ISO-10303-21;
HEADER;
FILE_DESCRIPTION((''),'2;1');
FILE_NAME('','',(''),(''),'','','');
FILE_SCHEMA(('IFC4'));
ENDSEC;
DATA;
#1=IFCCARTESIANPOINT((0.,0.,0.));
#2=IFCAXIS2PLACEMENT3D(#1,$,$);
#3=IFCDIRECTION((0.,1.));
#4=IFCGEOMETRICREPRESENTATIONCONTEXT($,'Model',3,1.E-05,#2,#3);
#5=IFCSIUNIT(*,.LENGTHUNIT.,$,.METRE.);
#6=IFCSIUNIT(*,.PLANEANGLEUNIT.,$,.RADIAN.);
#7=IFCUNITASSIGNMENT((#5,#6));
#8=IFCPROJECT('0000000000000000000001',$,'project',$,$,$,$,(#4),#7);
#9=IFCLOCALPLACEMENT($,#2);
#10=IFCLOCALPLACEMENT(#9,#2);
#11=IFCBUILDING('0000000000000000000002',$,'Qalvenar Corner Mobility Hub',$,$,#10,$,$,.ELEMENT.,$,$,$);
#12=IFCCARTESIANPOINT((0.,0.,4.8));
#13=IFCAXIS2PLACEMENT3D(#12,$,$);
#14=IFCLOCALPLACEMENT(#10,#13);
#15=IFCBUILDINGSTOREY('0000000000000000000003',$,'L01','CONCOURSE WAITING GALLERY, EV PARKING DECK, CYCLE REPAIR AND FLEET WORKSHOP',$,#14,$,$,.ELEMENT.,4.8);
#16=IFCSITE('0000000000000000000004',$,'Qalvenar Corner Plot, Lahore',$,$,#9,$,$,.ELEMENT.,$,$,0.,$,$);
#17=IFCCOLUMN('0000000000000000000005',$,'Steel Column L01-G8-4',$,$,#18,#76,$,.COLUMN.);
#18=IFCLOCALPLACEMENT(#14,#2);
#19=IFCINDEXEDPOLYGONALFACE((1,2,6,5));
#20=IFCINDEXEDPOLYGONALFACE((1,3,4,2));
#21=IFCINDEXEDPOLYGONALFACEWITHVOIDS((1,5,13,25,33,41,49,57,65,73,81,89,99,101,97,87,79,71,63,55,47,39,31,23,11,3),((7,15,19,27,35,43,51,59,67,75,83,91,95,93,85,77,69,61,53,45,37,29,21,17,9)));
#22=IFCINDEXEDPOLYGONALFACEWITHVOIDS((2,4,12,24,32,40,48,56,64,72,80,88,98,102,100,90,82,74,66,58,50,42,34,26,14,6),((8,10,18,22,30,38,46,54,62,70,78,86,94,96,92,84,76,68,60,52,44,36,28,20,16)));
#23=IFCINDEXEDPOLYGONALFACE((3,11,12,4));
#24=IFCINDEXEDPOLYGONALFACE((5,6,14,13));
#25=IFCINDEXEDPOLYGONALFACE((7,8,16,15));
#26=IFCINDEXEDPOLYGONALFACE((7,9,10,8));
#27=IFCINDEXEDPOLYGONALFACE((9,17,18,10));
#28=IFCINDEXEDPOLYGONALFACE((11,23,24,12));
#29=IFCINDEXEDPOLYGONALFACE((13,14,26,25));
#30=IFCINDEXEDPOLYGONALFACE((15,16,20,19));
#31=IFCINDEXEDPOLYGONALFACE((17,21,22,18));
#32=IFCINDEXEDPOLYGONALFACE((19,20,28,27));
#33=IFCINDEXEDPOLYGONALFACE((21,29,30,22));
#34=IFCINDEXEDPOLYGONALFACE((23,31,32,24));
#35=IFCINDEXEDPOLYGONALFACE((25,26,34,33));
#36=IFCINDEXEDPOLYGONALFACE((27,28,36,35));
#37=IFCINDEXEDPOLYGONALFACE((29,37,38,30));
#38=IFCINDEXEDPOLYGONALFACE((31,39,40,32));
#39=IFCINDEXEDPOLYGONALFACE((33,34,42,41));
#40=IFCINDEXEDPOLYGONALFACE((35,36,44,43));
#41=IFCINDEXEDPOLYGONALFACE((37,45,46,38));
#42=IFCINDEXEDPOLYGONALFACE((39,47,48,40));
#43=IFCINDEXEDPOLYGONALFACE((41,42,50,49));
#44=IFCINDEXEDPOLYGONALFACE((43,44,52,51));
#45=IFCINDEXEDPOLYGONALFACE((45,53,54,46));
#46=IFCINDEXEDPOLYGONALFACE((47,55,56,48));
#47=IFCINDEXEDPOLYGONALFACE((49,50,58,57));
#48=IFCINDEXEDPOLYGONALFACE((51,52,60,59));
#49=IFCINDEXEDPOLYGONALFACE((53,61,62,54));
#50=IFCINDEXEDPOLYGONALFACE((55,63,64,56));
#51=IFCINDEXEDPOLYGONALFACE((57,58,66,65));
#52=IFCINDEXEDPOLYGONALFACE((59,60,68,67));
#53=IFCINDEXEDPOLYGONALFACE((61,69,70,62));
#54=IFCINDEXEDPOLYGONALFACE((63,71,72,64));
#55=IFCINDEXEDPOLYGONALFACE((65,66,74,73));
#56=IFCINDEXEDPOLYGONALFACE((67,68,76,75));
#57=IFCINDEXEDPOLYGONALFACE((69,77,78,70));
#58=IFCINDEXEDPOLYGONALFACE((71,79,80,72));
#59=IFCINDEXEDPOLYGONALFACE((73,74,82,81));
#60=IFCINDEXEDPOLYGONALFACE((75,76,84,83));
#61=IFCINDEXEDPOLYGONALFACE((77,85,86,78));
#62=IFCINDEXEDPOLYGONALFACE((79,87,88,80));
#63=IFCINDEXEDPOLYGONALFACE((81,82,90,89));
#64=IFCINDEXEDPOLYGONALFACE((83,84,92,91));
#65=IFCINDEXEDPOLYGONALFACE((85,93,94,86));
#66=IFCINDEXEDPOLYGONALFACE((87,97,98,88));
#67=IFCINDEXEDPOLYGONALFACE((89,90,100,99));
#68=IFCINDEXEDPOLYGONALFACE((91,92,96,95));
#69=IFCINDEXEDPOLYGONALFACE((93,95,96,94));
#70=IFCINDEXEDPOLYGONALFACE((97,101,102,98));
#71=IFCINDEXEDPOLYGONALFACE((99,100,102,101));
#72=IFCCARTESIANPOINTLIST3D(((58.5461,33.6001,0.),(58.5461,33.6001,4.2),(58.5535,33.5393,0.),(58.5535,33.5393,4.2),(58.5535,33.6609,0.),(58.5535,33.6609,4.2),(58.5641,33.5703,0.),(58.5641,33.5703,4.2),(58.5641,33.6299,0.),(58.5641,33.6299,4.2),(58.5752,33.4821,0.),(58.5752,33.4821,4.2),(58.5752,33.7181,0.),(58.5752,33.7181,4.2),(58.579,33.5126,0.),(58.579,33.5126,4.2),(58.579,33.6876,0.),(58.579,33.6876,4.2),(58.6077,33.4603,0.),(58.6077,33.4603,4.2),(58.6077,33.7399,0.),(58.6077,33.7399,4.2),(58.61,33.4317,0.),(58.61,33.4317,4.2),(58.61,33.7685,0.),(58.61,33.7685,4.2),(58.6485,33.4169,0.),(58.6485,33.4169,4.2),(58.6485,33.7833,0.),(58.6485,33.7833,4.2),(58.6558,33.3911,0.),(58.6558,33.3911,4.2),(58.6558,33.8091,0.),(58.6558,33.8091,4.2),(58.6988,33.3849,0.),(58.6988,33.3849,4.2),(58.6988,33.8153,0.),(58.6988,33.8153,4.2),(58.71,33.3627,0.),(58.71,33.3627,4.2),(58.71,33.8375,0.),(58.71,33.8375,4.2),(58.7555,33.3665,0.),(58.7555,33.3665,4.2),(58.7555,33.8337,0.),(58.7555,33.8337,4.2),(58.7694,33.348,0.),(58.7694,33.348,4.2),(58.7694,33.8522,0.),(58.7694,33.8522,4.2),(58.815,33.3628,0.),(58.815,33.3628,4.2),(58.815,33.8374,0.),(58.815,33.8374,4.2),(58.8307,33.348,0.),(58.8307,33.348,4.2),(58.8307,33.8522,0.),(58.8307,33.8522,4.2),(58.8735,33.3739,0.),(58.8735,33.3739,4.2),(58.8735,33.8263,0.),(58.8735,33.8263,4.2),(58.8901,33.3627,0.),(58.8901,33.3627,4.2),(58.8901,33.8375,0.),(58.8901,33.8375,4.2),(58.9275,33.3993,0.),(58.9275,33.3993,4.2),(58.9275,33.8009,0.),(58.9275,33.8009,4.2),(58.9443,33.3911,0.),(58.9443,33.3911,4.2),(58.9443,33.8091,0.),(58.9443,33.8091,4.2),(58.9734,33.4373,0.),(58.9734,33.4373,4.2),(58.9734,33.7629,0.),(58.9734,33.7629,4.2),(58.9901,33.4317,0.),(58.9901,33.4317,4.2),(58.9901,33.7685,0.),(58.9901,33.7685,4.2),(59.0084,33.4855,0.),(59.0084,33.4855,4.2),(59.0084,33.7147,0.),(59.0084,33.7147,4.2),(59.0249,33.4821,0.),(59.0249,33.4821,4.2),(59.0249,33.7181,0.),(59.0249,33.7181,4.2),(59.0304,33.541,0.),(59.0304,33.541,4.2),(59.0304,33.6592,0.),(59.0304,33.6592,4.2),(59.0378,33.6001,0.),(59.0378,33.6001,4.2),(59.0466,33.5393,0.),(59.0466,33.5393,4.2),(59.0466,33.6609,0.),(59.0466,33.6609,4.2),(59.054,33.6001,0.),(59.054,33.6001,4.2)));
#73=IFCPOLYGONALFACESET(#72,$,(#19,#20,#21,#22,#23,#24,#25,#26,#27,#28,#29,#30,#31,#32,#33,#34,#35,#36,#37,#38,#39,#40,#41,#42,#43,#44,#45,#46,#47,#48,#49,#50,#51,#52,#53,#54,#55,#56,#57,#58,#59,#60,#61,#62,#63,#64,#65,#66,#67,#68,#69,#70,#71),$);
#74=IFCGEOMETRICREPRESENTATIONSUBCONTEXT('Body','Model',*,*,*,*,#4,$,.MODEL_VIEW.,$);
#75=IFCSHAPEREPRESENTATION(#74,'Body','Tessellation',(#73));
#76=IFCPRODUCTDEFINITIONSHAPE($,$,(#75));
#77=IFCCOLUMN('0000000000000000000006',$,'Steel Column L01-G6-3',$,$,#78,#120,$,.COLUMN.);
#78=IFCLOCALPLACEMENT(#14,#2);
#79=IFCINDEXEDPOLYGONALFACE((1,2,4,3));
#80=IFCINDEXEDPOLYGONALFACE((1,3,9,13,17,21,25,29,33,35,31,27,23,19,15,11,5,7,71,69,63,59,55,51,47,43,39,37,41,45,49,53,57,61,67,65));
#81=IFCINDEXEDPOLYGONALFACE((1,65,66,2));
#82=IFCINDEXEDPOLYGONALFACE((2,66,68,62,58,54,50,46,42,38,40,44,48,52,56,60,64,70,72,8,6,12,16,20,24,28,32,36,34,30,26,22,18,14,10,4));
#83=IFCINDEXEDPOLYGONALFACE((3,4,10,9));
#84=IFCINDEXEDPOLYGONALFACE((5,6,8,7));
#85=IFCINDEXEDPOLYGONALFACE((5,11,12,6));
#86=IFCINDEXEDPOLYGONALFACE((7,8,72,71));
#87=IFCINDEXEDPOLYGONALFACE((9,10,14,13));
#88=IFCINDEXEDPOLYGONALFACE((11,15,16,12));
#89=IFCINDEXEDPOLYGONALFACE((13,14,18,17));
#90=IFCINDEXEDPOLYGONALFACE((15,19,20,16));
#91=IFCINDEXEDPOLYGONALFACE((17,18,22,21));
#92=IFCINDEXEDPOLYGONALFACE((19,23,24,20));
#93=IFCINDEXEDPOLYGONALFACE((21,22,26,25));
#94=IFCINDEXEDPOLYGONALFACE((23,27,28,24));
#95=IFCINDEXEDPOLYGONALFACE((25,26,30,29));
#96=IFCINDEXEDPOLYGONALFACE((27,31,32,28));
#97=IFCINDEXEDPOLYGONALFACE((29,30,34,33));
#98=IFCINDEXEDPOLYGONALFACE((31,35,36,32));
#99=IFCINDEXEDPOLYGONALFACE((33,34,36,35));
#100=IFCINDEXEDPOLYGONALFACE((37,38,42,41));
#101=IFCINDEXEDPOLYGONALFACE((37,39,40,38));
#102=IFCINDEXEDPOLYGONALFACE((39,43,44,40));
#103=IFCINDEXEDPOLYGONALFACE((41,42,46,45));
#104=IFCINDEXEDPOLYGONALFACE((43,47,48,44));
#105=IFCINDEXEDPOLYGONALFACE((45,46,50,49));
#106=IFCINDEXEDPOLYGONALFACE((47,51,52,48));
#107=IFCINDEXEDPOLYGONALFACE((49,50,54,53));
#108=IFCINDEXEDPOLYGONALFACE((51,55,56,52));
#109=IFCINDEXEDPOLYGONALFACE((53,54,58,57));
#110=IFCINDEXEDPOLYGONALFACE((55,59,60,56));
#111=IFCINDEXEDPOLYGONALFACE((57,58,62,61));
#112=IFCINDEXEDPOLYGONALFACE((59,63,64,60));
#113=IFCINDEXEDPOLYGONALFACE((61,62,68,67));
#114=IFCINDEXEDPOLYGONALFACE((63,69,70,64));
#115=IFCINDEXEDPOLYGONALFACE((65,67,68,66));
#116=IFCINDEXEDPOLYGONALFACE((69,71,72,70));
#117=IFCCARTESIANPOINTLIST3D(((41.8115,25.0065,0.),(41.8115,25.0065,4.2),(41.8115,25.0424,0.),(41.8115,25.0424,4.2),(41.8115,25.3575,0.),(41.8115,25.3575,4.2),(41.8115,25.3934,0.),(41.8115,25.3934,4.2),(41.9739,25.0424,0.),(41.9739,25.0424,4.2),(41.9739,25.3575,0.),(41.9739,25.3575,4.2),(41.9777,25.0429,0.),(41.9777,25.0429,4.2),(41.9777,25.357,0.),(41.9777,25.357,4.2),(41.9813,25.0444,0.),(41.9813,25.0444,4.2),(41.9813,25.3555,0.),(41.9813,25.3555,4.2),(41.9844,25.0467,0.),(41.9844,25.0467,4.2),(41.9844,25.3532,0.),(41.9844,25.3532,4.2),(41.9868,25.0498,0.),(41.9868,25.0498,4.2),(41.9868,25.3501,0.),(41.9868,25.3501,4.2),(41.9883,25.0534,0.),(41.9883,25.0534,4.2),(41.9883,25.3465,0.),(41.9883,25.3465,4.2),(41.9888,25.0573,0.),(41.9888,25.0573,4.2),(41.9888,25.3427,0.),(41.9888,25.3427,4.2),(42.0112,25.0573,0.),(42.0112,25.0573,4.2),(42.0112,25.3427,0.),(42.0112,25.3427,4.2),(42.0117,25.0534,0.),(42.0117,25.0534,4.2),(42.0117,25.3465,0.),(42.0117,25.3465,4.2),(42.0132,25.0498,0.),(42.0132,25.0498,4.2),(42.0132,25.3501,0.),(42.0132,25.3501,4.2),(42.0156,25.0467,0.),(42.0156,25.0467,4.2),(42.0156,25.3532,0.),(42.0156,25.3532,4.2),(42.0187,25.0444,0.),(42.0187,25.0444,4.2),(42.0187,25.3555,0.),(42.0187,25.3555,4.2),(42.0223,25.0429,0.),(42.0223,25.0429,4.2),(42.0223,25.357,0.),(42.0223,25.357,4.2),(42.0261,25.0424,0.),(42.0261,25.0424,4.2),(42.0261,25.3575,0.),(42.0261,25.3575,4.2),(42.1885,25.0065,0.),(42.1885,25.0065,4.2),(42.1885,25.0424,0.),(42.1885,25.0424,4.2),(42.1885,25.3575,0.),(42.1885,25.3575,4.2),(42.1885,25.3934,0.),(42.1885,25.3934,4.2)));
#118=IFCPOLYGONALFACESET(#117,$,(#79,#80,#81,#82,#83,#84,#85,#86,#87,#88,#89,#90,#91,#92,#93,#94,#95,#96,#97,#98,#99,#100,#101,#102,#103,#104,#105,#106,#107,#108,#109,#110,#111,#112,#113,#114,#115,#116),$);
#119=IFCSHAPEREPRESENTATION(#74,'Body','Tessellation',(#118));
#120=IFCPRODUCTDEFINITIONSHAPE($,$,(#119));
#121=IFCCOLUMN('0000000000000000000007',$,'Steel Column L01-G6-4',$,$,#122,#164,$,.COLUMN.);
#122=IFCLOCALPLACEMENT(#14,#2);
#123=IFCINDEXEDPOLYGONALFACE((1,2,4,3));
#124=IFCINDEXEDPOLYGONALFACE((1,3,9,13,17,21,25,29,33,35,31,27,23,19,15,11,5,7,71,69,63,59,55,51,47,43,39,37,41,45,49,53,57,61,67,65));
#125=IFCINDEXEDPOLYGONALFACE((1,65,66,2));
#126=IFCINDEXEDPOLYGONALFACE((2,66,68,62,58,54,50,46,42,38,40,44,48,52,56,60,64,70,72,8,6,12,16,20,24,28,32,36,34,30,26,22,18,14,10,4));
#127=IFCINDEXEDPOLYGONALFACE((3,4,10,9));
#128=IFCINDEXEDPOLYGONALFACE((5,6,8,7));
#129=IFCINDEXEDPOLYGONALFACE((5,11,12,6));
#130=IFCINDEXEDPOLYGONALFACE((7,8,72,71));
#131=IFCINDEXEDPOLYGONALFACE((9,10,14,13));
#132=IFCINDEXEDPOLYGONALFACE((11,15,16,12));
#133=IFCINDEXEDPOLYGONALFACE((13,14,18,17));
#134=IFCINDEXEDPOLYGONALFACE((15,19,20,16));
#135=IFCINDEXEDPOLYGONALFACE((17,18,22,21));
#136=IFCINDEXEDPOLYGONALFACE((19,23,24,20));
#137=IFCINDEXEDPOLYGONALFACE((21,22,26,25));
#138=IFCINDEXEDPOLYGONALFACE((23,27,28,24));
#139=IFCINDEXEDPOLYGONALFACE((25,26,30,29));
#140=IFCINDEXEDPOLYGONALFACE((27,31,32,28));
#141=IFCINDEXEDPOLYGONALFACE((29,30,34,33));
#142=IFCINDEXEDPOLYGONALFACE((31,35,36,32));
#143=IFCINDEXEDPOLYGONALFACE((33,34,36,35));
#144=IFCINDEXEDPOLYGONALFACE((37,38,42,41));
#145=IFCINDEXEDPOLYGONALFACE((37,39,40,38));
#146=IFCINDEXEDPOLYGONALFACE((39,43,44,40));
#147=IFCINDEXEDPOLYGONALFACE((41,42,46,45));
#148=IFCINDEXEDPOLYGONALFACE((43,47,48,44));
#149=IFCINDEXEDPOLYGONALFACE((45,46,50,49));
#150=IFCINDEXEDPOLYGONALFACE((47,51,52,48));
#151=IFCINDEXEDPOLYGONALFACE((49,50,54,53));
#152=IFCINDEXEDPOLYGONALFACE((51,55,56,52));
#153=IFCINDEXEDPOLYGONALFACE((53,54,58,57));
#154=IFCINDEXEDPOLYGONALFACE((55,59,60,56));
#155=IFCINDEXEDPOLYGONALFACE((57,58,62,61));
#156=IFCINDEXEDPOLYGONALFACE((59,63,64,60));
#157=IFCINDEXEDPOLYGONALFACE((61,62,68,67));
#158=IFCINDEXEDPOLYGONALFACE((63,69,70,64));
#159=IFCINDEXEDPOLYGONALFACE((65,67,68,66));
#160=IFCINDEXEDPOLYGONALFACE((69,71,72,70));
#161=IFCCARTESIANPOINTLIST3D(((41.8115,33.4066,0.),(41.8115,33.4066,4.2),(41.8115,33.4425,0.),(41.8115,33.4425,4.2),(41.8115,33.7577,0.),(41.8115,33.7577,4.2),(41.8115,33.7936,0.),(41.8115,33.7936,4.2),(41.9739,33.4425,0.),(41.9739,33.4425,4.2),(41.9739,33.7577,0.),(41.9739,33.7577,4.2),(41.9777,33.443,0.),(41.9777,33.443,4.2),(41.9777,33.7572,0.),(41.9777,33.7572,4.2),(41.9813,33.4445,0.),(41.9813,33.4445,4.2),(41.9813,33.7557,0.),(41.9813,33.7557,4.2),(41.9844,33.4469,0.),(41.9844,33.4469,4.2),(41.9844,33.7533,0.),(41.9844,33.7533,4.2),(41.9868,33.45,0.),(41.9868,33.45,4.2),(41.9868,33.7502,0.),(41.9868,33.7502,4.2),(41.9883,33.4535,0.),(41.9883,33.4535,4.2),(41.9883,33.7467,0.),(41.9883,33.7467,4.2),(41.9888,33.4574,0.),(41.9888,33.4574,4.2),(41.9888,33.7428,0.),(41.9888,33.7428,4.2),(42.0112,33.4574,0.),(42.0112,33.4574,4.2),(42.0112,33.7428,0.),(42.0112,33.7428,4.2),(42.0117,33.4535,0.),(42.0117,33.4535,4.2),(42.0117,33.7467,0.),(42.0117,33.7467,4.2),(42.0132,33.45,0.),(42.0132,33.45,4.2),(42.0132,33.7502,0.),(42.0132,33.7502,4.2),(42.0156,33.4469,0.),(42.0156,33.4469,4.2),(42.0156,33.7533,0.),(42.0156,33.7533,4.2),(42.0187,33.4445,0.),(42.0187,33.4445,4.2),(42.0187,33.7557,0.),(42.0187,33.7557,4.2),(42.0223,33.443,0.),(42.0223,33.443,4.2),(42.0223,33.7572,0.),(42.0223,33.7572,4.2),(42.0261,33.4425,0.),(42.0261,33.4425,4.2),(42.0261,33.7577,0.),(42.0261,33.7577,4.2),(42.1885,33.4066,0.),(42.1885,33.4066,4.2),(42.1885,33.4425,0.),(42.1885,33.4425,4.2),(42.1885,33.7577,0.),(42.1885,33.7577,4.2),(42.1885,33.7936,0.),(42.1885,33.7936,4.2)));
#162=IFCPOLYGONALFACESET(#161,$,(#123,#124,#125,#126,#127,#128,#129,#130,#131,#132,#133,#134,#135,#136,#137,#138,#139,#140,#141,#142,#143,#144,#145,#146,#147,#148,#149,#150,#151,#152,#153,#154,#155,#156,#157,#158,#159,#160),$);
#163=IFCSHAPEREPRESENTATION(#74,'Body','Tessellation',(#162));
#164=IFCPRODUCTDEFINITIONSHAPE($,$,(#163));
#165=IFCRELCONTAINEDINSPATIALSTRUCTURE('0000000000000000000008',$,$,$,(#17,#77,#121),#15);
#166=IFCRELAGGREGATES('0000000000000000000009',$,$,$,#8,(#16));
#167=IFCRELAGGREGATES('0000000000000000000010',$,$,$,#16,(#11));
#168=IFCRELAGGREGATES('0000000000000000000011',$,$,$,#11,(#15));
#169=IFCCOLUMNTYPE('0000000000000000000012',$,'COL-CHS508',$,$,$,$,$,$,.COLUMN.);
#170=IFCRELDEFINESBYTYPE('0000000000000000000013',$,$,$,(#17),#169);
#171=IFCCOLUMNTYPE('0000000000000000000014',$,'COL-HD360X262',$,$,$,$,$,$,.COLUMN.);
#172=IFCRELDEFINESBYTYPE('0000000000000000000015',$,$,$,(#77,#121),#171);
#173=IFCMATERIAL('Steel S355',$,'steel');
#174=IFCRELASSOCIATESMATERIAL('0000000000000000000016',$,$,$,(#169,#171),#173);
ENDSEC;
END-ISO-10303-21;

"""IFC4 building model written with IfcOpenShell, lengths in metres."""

from ifc_helpers import new_model, si_unit, direction, frame, origin, origin_2d, place, context, subcontext, project, spatial, hollow_circle, i_section, extrude, material, material_profile, profile_set, type_object, element, save


model = new_model("IFC4")

# Units and contexts
model_context = context("Model", 3, precision=1e-05, world=origin(), true_north=direction((0.0, 1.0)))
body_context = subcontext(model_context, "Body", "Model", "MODEL_VIEW")
ifc_project = project(units=[si_unit("LENGTHUNIT", "METRE"), si_unit("PLANEANGLEUNIT", "RADIAN")], contexts=[model_context])

# Site, building, storey
site_placement = place(None, origin())
site = spatial("IfcSite", under=ifc_project, at=site_placement, Name="Qalvenar Corner Plot, Lahore", CompositionType="ELEMENT", RefElevation=0.0)
building_placement = place(site_placement, origin())
building = spatial("IfcBuilding", under=site, at=building_placement, Name="Qalvenar Corner Mobility Hub", CompositionType="ELEMENT")
storey_placement = place(building_placement, frame((0.0, 0.0, 4.8)))
storey = spatial("IfcBuildingStorey", under=building, at=storey_placement, Name="L01", Description="CONCOURSE WAITING GALLERY, EV PARKING DECK, CYCLE REPAIR AND FLEET WORKSHOP", CompositionType="ELEMENT", Elevation=4.8)

# Columns
ifc_material_1 = material(Name="Steel S355", Category="steel")
ifc_material_profile_1 = material_profile(ifc_material_1, hollow_circle(Radius=0.2539, WallThickness=0.0161, at=origin_2d()), Name="CHS508x16")
ifc_profile_set_1 = profile_set([ifc_material_profile_1], Name="Steel S355")
column_type_1 = type_object("IfcColumnType", Name="COL-CHS508", PredefinedType="COLUMN", material=ifc_profile_set_1)
column_placement = place(storey_placement, frame((58.8, 33.6001, 0.0), z_axis=(0.0, 0.0, 1.0), x_axis=(1.0, 0.0, 0.0)))
element("IfcColumn", 1, at=column_placement, inside=storey, type_object=column_type_1, Name="Steel Column L01-G8-4", PredefinedType="COLUMN", context=body_context, shape_type="SweptSolid", body=[
    extrude(hollow_circle(Radius=0.2539, WallThickness=0.0161, at=origin_2d()), origin(), (0.0, 0.0, 1.0), 4.2),
])
ifc_material_profile_2 = material_profile(ifc_material_1, i_section(OverallWidth=0.377, OverallDepth=0.387, WebThickness=0.0225, FlangeThickness=0.0359, FilletRadius=0.0149, at=origin_2d()), Name="HD360x262")
ifc_profile_set_2 = profile_set([ifc_material_profile_2], Name="Steel S355")
column_type_2 = type_object("IfcColumnType", Name="COL-HD360X262", PredefinedType="COLUMN", material=ifc_profile_set_2)
for number, where, z_axis, x_axis, name in (
    (2, (42.0, 25.2, 0.0), (0.0, 0.0, 1.0), (1.0, 0.0, 0.0), "Steel Column L01-G6-3"),
    (3, (42.0, 33.6001, 0.0), (0.0, 0.0, 1.0), (1.0, 0.0, 0.0), "Steel Column L01-G6-4"),
):
    element("IfcColumn", number, at=place(storey_placement, frame(where, z_axis=z_axis, x_axis=x_axis)), inside=storey, type_object=column_type_2, Name=name, PredefinedType="COLUMN", context=body_context, shape_type="SweptSolid", body=[
        extrude(i_section(OverallWidth=0.377, OverallDepth=0.387, WebThickness=0.0225, FlangeThickness=0.0359, FilletRadius=0.0149, at=origin_2d()), origin(), (0.0, 0.0, 1.0), 4.2),
    ])

save(model, "model.ifc")
